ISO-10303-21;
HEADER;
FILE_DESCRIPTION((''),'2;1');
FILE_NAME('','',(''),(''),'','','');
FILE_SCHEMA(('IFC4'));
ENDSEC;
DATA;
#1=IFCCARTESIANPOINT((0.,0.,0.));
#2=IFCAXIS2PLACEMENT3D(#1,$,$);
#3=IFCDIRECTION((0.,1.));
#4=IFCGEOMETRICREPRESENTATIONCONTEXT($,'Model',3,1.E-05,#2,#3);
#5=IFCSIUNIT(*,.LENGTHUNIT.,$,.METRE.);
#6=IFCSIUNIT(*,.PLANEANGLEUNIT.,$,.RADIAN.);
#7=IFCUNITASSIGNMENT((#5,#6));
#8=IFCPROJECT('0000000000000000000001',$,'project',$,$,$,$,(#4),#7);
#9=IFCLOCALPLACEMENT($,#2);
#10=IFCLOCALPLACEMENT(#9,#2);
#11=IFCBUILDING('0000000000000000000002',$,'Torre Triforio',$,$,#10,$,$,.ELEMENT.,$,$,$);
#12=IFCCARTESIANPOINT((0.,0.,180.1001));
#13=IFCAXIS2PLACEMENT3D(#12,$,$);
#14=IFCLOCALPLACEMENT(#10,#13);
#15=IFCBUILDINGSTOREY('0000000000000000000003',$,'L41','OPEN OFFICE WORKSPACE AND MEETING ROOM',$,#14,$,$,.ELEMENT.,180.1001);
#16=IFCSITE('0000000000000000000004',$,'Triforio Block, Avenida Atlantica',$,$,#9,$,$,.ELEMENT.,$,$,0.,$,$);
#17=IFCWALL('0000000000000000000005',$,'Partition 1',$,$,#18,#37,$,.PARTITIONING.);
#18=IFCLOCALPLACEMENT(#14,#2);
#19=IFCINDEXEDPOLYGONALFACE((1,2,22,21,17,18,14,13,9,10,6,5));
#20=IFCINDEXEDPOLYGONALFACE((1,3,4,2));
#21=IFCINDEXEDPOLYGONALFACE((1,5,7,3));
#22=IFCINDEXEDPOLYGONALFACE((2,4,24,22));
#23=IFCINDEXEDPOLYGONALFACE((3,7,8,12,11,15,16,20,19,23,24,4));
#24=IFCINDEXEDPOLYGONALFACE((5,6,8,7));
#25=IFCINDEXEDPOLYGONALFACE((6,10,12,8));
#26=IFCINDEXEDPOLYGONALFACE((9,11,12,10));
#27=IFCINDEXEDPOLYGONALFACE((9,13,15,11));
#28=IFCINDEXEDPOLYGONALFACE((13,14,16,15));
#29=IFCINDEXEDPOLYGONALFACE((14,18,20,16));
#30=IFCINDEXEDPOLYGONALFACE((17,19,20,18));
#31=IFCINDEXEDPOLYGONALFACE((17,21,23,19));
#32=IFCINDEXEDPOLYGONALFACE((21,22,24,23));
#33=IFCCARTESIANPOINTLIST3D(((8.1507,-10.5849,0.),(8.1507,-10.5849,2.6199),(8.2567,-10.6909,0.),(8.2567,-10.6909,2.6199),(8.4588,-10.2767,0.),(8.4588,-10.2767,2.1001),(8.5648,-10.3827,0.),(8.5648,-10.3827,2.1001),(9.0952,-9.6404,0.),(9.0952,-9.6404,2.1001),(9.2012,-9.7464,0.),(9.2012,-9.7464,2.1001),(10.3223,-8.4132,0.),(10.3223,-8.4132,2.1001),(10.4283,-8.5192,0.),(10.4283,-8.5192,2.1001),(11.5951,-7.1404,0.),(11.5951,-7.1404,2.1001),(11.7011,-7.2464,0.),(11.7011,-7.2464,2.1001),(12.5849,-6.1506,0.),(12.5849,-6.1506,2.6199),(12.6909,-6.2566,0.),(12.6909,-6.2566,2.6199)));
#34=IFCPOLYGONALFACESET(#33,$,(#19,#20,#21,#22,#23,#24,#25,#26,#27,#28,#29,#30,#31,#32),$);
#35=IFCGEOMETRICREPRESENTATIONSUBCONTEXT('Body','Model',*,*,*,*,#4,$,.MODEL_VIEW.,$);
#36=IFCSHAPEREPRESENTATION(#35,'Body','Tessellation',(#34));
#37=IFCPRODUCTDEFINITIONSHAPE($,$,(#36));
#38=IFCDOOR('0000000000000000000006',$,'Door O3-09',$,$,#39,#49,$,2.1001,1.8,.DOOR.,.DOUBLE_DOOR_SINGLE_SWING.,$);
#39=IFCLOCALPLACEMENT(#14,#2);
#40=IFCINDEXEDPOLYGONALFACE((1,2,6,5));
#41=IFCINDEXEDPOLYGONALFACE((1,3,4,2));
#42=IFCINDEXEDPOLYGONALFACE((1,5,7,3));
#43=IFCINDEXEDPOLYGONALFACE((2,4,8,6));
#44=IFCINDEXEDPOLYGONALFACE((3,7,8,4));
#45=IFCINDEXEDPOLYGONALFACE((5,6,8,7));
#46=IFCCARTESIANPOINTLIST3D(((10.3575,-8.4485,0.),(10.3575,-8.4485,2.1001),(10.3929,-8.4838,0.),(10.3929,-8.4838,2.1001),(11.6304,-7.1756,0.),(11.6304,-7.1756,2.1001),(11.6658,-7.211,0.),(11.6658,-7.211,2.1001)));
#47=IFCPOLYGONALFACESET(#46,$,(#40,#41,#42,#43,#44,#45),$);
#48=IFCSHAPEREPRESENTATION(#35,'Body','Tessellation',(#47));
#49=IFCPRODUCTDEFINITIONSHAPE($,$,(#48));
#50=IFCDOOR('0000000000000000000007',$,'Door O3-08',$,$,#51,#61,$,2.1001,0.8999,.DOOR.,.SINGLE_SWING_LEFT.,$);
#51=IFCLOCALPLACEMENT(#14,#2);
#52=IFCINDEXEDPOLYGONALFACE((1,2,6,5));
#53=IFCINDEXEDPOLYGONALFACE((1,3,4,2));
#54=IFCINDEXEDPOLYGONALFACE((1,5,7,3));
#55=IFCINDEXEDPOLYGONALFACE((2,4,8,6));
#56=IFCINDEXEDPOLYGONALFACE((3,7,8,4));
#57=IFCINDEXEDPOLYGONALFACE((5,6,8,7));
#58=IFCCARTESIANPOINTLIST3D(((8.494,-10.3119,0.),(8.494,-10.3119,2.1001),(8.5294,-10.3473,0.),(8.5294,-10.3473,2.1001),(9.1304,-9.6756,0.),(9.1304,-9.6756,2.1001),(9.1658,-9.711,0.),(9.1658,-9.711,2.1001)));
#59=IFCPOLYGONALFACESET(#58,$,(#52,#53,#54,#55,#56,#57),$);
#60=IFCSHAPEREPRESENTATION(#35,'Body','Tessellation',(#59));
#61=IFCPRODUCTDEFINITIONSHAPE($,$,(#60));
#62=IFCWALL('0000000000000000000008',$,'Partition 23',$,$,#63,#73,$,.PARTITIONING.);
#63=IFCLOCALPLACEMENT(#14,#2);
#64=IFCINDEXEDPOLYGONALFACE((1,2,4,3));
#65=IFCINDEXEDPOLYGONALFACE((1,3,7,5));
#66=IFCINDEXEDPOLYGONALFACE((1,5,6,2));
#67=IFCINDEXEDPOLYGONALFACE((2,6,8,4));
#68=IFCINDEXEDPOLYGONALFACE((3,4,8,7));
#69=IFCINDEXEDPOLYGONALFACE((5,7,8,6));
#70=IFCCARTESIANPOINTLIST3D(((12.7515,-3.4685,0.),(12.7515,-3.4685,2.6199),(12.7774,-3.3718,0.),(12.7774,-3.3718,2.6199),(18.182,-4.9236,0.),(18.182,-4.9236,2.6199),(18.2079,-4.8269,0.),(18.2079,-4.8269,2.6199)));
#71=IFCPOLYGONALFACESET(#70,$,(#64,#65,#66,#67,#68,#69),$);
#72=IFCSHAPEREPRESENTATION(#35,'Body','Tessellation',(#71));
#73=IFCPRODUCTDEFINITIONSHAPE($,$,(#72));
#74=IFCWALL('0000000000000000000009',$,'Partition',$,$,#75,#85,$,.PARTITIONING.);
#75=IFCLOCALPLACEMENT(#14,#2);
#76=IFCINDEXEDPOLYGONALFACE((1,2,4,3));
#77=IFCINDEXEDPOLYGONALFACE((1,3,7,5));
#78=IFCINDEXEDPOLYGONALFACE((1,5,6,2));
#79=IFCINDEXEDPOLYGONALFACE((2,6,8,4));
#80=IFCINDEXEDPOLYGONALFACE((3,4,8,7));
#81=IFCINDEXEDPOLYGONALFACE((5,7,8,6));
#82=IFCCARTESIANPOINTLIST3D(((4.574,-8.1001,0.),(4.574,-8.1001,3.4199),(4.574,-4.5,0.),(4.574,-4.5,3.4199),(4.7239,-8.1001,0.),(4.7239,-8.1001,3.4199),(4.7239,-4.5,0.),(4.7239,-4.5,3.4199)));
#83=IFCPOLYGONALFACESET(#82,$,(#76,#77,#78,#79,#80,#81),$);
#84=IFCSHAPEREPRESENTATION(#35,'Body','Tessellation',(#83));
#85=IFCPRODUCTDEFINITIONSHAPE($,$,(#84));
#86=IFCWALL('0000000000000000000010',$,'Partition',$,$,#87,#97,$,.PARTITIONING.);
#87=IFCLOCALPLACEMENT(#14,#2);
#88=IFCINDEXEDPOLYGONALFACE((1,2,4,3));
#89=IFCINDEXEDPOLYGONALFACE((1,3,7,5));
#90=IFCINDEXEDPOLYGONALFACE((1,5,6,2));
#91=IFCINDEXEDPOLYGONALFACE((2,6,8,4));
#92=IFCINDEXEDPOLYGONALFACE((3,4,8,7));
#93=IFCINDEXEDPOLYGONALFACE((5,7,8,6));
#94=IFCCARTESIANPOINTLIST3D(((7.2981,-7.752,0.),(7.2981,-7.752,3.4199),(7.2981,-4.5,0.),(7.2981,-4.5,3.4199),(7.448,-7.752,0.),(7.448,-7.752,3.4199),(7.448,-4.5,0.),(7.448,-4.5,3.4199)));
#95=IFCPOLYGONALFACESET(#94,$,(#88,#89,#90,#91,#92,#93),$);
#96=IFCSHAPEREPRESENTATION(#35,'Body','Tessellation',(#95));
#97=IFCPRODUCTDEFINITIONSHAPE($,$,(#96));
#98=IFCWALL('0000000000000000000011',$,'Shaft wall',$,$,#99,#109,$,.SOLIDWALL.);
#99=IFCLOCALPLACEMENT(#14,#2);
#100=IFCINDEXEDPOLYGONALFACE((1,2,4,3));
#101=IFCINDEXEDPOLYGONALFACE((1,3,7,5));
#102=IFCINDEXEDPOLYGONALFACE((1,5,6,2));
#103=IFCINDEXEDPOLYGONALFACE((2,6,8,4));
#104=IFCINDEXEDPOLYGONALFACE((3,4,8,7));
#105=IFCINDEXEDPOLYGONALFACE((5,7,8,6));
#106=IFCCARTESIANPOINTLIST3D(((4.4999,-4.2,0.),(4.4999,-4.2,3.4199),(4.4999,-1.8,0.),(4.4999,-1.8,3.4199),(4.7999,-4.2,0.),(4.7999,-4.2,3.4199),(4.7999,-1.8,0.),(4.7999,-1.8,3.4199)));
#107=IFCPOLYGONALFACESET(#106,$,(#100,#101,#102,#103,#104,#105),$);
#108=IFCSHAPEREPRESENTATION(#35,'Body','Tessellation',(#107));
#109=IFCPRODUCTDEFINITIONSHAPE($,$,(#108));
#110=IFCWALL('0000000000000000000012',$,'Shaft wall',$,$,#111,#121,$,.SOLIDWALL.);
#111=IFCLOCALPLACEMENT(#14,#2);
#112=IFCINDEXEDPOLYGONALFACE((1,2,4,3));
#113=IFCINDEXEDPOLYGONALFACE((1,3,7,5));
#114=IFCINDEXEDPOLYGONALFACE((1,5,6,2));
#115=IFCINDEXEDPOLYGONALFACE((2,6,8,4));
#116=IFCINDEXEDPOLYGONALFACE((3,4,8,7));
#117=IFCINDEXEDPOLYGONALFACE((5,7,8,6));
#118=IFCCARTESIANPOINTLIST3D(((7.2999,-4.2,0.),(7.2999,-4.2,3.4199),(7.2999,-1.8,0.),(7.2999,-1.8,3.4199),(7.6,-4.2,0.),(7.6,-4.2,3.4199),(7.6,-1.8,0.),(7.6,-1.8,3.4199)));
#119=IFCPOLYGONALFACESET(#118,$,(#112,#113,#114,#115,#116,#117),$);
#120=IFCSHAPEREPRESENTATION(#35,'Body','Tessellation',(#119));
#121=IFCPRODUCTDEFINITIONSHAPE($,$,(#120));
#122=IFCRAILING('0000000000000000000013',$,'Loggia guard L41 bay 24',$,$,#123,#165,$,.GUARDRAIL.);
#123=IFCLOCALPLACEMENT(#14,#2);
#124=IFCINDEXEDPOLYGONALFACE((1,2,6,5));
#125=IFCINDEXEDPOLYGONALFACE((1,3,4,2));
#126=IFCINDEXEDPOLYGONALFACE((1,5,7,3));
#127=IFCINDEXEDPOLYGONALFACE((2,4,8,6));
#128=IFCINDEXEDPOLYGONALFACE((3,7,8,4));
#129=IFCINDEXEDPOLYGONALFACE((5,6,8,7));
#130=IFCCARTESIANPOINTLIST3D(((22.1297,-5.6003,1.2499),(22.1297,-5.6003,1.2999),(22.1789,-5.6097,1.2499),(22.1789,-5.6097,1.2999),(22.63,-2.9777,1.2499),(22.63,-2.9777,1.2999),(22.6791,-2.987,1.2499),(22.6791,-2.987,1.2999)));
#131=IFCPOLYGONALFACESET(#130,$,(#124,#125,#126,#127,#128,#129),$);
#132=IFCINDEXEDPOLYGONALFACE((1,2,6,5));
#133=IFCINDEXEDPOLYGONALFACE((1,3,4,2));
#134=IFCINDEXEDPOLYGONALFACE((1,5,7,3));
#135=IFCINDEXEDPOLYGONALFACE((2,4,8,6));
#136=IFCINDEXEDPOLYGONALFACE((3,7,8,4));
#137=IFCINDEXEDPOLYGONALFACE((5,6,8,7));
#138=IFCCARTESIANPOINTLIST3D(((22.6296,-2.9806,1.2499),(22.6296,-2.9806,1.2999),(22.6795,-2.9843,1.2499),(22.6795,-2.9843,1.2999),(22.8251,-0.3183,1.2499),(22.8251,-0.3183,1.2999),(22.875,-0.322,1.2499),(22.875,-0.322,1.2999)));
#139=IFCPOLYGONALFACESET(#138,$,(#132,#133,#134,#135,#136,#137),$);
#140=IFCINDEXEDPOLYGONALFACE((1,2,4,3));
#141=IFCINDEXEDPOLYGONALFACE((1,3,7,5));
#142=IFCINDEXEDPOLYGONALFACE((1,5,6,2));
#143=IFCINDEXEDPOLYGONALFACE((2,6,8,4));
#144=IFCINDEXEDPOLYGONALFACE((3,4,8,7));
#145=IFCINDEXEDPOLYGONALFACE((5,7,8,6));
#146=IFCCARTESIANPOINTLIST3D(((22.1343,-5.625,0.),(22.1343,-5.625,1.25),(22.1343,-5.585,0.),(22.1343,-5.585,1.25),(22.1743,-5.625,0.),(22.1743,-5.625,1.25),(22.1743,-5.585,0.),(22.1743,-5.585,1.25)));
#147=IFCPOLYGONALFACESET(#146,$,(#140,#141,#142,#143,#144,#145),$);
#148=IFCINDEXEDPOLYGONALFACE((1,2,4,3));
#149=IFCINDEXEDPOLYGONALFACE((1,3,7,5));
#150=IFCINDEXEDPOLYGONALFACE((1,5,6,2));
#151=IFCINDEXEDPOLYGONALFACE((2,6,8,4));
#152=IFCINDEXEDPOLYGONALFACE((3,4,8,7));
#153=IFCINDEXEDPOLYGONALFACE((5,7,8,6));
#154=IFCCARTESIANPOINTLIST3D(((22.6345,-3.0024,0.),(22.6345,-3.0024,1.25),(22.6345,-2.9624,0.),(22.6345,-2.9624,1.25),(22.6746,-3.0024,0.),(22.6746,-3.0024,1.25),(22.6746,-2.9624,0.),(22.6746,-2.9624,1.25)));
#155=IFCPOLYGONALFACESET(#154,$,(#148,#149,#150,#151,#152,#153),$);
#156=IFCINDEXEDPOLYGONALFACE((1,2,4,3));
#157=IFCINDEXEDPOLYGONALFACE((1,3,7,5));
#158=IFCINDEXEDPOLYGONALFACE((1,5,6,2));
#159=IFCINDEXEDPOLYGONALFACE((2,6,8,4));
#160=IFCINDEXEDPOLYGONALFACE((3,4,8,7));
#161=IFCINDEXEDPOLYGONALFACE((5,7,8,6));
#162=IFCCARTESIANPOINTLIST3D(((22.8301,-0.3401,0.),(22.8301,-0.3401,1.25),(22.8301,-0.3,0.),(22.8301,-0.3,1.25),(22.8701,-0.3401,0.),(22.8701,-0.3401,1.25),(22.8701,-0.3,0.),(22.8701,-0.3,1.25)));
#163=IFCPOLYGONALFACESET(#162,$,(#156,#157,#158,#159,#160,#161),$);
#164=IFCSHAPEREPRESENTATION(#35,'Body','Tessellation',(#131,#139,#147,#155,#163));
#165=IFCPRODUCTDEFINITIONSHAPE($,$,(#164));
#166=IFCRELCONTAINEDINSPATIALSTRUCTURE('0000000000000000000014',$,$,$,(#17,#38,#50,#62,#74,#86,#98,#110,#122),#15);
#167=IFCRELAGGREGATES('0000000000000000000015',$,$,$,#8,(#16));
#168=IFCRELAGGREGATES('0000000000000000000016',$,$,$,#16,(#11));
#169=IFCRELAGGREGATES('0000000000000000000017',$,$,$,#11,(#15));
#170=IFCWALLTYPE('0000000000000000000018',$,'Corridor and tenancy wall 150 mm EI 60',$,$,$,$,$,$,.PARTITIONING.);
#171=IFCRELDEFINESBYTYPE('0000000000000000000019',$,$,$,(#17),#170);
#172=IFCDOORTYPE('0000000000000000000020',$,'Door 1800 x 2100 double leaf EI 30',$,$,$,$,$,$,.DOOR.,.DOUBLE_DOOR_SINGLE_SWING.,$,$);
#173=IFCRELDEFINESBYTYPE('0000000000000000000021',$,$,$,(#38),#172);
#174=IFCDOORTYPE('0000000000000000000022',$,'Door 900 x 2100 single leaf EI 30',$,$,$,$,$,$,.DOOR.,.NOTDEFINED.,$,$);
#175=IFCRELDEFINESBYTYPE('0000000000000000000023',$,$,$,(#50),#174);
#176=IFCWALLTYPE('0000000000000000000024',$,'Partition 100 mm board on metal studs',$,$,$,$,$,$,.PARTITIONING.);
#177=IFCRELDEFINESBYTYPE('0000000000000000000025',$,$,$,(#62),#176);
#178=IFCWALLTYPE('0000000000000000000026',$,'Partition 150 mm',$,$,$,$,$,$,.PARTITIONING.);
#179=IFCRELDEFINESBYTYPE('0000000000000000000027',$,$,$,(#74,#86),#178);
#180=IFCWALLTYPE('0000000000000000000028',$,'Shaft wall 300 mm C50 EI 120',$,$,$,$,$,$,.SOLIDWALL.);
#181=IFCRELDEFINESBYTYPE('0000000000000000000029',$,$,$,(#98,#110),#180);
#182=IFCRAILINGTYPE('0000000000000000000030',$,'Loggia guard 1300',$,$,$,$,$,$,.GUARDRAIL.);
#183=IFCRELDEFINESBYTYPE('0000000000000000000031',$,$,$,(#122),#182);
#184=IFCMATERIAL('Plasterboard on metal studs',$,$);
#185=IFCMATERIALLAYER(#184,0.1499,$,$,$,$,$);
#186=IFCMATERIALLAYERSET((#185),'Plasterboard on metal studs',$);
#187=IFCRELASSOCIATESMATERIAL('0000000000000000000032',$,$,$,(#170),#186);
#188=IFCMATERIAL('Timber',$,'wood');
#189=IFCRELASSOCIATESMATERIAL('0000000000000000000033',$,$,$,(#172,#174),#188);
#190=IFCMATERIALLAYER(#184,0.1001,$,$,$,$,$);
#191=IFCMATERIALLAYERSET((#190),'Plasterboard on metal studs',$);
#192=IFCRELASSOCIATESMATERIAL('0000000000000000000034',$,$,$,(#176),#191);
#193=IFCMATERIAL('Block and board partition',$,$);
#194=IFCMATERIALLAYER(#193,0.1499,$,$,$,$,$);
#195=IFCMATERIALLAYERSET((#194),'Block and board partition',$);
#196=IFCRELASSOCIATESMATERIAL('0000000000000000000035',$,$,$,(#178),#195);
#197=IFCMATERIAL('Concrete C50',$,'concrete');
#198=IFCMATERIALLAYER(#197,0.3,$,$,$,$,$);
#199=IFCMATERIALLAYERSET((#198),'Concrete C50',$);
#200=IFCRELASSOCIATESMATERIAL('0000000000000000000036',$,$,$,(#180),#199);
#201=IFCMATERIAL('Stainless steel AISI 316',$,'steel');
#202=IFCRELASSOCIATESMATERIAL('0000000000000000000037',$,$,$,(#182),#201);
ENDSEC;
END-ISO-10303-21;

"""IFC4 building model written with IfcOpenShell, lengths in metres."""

from ifc_helpers import new_model, si_unit, direction, frame, frame_2d, origin, origin_2d, place, context, subcontext, project, spatial, rectangle, extrude, material, layer, layer_set, type_object, element, fill, save


model = new_model("IFC4")

# Units and contexts
model_context = context("Model", 3, precision=1e-05, world=origin(), true_north=direction((0.0, 1.0)))
body_context = subcontext(model_context, "Body", "Model", "MODEL_VIEW")
ifc_project = project(units=[si_unit("LENGTHUNIT", "METRE"), si_unit("PLANEANGLEUNIT", "RADIAN")], contexts=[model_context])

# Site, building, storey
site_placement = place(None, origin())
site = spatial("IfcSite", under=ifc_project, at=site_placement, Name="Triforio Block, Avenida Atlantica", CompositionType="ELEMENT", RefElevation=0.0)
building_placement = place(site_placement, origin())
building = spatial("IfcBuilding", under=site, at=building_placement, Name="Torre Triforio", CompositionType="ELEMENT")
storey_placement = place(building_placement, frame((0.0, 0.0, 180.1001)))
storey = spatial("IfcBuildingStorey", under=building, at=storey_placement, Name="L41", Description="OPEN OFFICE WORKSPACE AND MEETING ROOM", CompositionType="ELEMENT", Elevation=180.1001)

# Shared definitions
ifc_material_1 = material(Name="Concrete C50", Category="concrete")

# Wall, openings, doors
ifc_material_2 = material(Name="Plasterboard on metal studs")
ifc_layer_1 = layer(ifc_material_2, 0.1499)
ifc_layer_set_1 = layer_set([ifc_layer_1], Name="Plasterboard on metal studs")
wall_type_1 = type_object("IfcWallType", Name="Corridor and tenancy wall 150 mm EI 60", PredefinedType="PARTITIONING", material=ifc_layer_set_1)
wall_1_placement = place(storey_placement, frame((12.6379, -6.2036, 0.0), z_axis=(0.0, 0.0, 1.0), x_axis=(-0.707107, -0.707107, 0.0)))
wall_1 = element("IfcWall", 1, at=wall_1_placement, inside=storey, type_object=wall_type_1, Name="Partition 1", PredefinedType="PARTITIONING", context=body_context, shape_type="SweptSolid", body=[
    extrude(rectangle(XDim=6.271, YDim=0.1499, at=frame_2d((3.1355, 0.0))), origin(), (0.0, 0.0, 1.0), 2.6199),
])
opening_1_placement = place(wall_1_placement, frame((4.9353, 0.0, 0.0)))
opening_1 = element("IfcOpeningElement", 2, at=opening_1_placement, cuts=wall_1, PredefinedType="OPENING", context=body_context, shape_type="SweptSolid", body=[
    extrude(rectangle(XDim=0.8999, YDim=2.1001, at=frame_2d((0.45, 1.05))), frame((0.0, 0.085, 0.0), z_axis=(0.0, -1.0, 0.0), x_axis=(1.0, 0.0, 0.0)), (0.0, 0.0, 1.0), 0.1699),
])
opening_2_placement = place(wall_1_placement, frame((1.3999, 0.0, 0.0)))
opening_2 = element("IfcOpeningElement", 3, at=opening_2_placement, cuts=wall_1, PredefinedType="OPENING", context=body_context, shape_type="SweptSolid", body=[
    extrude(rectangle(XDim=1.8, YDim=2.1001, at=frame_2d((0.8999, 1.05))), frame((0.0, 0.085, 0.0), z_axis=(0.0, -1.0, 0.0), x_axis=(1.0, 0.0, 0.0)), (0.0, 0.0, 1.0), 0.1699),
])
ifc_material_3 = material(Name="Timber", Category="wood")
door_type_1 = type_object("IfcDoorType", Name="Door 1800 x 2100 double leaf EI 30", OperationType="DOUBLE_DOOR_SINGLE_SWING", PredefinedType="DOOR", material=ifc_material_3)
door_1_placement = place(opening_2_placement, origin())
door_1 = element("IfcDoor", 4, at=door_1_placement, inside=storey, type_object=door_type_1, Name="Door O3-09", OperationType="DOUBLE_DOOR_SINGLE_SWING", OverallHeight=2.1001, OverallWidth=1.8, PredefinedType="DOOR", context=body_context, shape_type="SweptSolid", body=[
    extrude(rectangle(XDim=1.8, YDim=2.1001, at=frame_2d((0.8999, 1.05))), frame((0.0, 0.0249, 0.0), z_axis=(0.0, -1.0, 0.0), x_axis=(1.0, 0.0, 0.0)), (0.0, 0.0, 1.0), 0.05),
])
fill(opening_2, door_1)
door_type_2 = type_object("IfcDoorType", Name="Door 900 x 2100 single leaf EI 30", OperationType="NOTDEFINED", PredefinedType="DOOR", material=ifc_material_3)
door_2_placement = place(opening_1_placement, origin())
door_2 = element("IfcDoor", 5, at=door_2_placement, inside=storey, type_object=door_type_2, Name="Door O3-08", OperationType="SINGLE_SWING_LEFT", OverallHeight=2.1001, OverallWidth=0.8999, PredefinedType="DOOR", context=body_context, shape_type="SweptSolid", body=[
    extrude(rectangle(XDim=0.8999, YDim=2.1001, at=frame_2d((0.45, 1.05))), frame((0.0, 0.0249, 0.0), z_axis=(0.0, -1.0, 0.0), x_axis=(1.0, 0.0, 0.0)), (0.0, 0.0, 1.0), 0.05),
])
fill(opening_1, door_2)

# Walls
ifc_layer_2 = layer(ifc_material_2, 0.1001)
ifc_layer_set_2 = layer_set([ifc_layer_2], Name="Plasterboard on metal studs")
wall_type_2 = type_object("IfcWallType", Name="Partition 100 mm board on metal studs", PredefinedType="PARTITIONING", material=ifc_layer_set_2)
wall_2_placement = place(storey_placement, frame((12.7644, -3.4202, 0.0), z_axis=(0.0, 0.0, 1.0), x_axis=(0.965926, -0.258819, 0.0)))
element("IfcWall", 6, at=wall_2_placement, inside=storey, type_object=wall_type_2, Name="Partition 23", PredefinedType="PARTITIONING", context=body_context, shape_type="SweptSolid", body=[
    extrude(rectangle(XDim=5.6221, YDim=0.1001, at=frame_2d((2.811, 0.0))), origin(), (0.0, 0.0, 1.0), 2.6199),
])
ifc_material_4 = material(Name="Block and board partition")
ifc_layer_3 = layer(ifc_material_4, 0.1499)
ifc_layer_set_3 = layer_set([ifc_layer_3], Name="Block and board partition")
wall_type_3 = type_object("IfcWallType", Name="Partition 150 mm", PredefinedType="PARTITIONING", material=ifc_layer_set_3)
wall_3_placement = place(storey_placement, frame((4.6489, -8.1001, 0.0), z_axis=(0.0, 0.0, 1.0), x_axis=(0.0, 1.0, 0.0)))
element("IfcWall", 7, at=wall_3_placement, inside=storey, type_object=wall_type_3, Name="Partition", PredefinedType="PARTITIONING", context=body_context, shape_type="SweptSolid", body=[
    extrude(rectangle(XDim=3.6001, YDim=0.1499, at=frame_2d((1.8, 0.0))), origin(), (0.0, 0.0, 1.0), 3.4199),
])
wall_4_placement = place(storey_placement, frame((7.373, -7.752, 0.0), z_axis=(0.0, 0.0, 1.0), x_axis=(0.0, 1.0, 0.0)))
element("IfcWall", 8, at=wall_4_placement, inside=storey, type_object=wall_type_3, Name="Partition", PredefinedType="PARTITIONING", context=body_context, shape_type="SweptSolid", body=[
    extrude(rectangle(XDim=3.252, YDim=0.1499, at=frame_2d((1.626, 0.0))), origin(), (0.0, 0.0, 1.0), 3.4199),
])
ifc_layer_4 = layer(ifc_material_1, 0.3)
ifc_layer_set_4 = layer_set([ifc_layer_4], Name="Concrete C50")
wall_type_4 = type_object("IfcWallType", Name="Shaft wall 300 mm C50 EI 120", PredefinedType="SOLIDWALL", material=ifc_layer_set_4)
for number, where, z_axis, x_axis, name in (
    (9, (4.6499, -4.2, 0.0), (0.0, 0.0, 1.0), (0.0, 1.0, 0.0), "Shaft wall"),
    (10, (7.45, -4.2, 0.0), (0.0, 0.0, 1.0), (0.0, 1.0, 0.0), "Shaft wall"),
):
    element("IfcWall", number, at=place(storey_placement, frame(where, z_axis=z_axis, x_axis=x_axis)), inside=storey, type_object=wall_type_4, Name=name, PredefinedType="SOLIDWALL", context=body_context, shape_type="SweptSolid", body=[
        extrude(rectangle(XDim=2.3999, YDim=0.3, at=frame_2d((1.2, 0.0))), origin(), (0.0, 0.0, 1.0), 3.4199),
    ])

# Railing
ifc_material_5 = material(Name="Stainless steel AISI 316", Category="steel")
railing_type = type_object("IfcRailingType", Name="Loggia guard 1300", PredefinedType="GUARDRAIL", material=ifc_material_5)
railing_placement = place(storey_placement, frame((22.1543, -5.605, 0.0)))
element("IfcRailing", 11, at=railing_placement, inside=storey, type_object=railing_type, Name="Loggia guard L41 bay 24", PredefinedType="GUARDRAIL", context=body_context, shape_type="SweptSolid", body=[
    extrude(rectangle(XDim=0.05, YDim=0.05, at=origin_2d()), frame((0.0, 0.0, 1.2749), z_axis=(0.187368, 0.98229, 0.0), x_axis=(-0.98229, 0.187368, 0.0)), (0.0, 0.0, 1.0), 2.6699),
    extrude(rectangle(XDim=0.05, YDim=0.05, at=origin_2d()), frame((0.5002, 2.6226, 1.2749), z_axis=(0.073255, 0.997313, 0.0), x_axis=(-0.997313, 0.073255, 0.0)), (0.0, 0.0, 1.0), 2.6694),
    extrude(rectangle(XDim=0.04, YDim=0.04, at=origin_2d()), origin(), (0.0, 0.0, 1.0), 1.25),
    extrude(rectangle(XDim=0.04, YDim=0.04, at=origin_2d()), frame((0.5002, 2.6226, 0.0)), (0.0, 0.0, 1.0), 1.25),
    extrude(rectangle(XDim=0.04, YDim=0.04, at=origin_2d()), frame((0.6958, 5.2849, 0.0)), (0.0, 0.0, 1.0), 1.25),
])

save(model, "model.ifc")
